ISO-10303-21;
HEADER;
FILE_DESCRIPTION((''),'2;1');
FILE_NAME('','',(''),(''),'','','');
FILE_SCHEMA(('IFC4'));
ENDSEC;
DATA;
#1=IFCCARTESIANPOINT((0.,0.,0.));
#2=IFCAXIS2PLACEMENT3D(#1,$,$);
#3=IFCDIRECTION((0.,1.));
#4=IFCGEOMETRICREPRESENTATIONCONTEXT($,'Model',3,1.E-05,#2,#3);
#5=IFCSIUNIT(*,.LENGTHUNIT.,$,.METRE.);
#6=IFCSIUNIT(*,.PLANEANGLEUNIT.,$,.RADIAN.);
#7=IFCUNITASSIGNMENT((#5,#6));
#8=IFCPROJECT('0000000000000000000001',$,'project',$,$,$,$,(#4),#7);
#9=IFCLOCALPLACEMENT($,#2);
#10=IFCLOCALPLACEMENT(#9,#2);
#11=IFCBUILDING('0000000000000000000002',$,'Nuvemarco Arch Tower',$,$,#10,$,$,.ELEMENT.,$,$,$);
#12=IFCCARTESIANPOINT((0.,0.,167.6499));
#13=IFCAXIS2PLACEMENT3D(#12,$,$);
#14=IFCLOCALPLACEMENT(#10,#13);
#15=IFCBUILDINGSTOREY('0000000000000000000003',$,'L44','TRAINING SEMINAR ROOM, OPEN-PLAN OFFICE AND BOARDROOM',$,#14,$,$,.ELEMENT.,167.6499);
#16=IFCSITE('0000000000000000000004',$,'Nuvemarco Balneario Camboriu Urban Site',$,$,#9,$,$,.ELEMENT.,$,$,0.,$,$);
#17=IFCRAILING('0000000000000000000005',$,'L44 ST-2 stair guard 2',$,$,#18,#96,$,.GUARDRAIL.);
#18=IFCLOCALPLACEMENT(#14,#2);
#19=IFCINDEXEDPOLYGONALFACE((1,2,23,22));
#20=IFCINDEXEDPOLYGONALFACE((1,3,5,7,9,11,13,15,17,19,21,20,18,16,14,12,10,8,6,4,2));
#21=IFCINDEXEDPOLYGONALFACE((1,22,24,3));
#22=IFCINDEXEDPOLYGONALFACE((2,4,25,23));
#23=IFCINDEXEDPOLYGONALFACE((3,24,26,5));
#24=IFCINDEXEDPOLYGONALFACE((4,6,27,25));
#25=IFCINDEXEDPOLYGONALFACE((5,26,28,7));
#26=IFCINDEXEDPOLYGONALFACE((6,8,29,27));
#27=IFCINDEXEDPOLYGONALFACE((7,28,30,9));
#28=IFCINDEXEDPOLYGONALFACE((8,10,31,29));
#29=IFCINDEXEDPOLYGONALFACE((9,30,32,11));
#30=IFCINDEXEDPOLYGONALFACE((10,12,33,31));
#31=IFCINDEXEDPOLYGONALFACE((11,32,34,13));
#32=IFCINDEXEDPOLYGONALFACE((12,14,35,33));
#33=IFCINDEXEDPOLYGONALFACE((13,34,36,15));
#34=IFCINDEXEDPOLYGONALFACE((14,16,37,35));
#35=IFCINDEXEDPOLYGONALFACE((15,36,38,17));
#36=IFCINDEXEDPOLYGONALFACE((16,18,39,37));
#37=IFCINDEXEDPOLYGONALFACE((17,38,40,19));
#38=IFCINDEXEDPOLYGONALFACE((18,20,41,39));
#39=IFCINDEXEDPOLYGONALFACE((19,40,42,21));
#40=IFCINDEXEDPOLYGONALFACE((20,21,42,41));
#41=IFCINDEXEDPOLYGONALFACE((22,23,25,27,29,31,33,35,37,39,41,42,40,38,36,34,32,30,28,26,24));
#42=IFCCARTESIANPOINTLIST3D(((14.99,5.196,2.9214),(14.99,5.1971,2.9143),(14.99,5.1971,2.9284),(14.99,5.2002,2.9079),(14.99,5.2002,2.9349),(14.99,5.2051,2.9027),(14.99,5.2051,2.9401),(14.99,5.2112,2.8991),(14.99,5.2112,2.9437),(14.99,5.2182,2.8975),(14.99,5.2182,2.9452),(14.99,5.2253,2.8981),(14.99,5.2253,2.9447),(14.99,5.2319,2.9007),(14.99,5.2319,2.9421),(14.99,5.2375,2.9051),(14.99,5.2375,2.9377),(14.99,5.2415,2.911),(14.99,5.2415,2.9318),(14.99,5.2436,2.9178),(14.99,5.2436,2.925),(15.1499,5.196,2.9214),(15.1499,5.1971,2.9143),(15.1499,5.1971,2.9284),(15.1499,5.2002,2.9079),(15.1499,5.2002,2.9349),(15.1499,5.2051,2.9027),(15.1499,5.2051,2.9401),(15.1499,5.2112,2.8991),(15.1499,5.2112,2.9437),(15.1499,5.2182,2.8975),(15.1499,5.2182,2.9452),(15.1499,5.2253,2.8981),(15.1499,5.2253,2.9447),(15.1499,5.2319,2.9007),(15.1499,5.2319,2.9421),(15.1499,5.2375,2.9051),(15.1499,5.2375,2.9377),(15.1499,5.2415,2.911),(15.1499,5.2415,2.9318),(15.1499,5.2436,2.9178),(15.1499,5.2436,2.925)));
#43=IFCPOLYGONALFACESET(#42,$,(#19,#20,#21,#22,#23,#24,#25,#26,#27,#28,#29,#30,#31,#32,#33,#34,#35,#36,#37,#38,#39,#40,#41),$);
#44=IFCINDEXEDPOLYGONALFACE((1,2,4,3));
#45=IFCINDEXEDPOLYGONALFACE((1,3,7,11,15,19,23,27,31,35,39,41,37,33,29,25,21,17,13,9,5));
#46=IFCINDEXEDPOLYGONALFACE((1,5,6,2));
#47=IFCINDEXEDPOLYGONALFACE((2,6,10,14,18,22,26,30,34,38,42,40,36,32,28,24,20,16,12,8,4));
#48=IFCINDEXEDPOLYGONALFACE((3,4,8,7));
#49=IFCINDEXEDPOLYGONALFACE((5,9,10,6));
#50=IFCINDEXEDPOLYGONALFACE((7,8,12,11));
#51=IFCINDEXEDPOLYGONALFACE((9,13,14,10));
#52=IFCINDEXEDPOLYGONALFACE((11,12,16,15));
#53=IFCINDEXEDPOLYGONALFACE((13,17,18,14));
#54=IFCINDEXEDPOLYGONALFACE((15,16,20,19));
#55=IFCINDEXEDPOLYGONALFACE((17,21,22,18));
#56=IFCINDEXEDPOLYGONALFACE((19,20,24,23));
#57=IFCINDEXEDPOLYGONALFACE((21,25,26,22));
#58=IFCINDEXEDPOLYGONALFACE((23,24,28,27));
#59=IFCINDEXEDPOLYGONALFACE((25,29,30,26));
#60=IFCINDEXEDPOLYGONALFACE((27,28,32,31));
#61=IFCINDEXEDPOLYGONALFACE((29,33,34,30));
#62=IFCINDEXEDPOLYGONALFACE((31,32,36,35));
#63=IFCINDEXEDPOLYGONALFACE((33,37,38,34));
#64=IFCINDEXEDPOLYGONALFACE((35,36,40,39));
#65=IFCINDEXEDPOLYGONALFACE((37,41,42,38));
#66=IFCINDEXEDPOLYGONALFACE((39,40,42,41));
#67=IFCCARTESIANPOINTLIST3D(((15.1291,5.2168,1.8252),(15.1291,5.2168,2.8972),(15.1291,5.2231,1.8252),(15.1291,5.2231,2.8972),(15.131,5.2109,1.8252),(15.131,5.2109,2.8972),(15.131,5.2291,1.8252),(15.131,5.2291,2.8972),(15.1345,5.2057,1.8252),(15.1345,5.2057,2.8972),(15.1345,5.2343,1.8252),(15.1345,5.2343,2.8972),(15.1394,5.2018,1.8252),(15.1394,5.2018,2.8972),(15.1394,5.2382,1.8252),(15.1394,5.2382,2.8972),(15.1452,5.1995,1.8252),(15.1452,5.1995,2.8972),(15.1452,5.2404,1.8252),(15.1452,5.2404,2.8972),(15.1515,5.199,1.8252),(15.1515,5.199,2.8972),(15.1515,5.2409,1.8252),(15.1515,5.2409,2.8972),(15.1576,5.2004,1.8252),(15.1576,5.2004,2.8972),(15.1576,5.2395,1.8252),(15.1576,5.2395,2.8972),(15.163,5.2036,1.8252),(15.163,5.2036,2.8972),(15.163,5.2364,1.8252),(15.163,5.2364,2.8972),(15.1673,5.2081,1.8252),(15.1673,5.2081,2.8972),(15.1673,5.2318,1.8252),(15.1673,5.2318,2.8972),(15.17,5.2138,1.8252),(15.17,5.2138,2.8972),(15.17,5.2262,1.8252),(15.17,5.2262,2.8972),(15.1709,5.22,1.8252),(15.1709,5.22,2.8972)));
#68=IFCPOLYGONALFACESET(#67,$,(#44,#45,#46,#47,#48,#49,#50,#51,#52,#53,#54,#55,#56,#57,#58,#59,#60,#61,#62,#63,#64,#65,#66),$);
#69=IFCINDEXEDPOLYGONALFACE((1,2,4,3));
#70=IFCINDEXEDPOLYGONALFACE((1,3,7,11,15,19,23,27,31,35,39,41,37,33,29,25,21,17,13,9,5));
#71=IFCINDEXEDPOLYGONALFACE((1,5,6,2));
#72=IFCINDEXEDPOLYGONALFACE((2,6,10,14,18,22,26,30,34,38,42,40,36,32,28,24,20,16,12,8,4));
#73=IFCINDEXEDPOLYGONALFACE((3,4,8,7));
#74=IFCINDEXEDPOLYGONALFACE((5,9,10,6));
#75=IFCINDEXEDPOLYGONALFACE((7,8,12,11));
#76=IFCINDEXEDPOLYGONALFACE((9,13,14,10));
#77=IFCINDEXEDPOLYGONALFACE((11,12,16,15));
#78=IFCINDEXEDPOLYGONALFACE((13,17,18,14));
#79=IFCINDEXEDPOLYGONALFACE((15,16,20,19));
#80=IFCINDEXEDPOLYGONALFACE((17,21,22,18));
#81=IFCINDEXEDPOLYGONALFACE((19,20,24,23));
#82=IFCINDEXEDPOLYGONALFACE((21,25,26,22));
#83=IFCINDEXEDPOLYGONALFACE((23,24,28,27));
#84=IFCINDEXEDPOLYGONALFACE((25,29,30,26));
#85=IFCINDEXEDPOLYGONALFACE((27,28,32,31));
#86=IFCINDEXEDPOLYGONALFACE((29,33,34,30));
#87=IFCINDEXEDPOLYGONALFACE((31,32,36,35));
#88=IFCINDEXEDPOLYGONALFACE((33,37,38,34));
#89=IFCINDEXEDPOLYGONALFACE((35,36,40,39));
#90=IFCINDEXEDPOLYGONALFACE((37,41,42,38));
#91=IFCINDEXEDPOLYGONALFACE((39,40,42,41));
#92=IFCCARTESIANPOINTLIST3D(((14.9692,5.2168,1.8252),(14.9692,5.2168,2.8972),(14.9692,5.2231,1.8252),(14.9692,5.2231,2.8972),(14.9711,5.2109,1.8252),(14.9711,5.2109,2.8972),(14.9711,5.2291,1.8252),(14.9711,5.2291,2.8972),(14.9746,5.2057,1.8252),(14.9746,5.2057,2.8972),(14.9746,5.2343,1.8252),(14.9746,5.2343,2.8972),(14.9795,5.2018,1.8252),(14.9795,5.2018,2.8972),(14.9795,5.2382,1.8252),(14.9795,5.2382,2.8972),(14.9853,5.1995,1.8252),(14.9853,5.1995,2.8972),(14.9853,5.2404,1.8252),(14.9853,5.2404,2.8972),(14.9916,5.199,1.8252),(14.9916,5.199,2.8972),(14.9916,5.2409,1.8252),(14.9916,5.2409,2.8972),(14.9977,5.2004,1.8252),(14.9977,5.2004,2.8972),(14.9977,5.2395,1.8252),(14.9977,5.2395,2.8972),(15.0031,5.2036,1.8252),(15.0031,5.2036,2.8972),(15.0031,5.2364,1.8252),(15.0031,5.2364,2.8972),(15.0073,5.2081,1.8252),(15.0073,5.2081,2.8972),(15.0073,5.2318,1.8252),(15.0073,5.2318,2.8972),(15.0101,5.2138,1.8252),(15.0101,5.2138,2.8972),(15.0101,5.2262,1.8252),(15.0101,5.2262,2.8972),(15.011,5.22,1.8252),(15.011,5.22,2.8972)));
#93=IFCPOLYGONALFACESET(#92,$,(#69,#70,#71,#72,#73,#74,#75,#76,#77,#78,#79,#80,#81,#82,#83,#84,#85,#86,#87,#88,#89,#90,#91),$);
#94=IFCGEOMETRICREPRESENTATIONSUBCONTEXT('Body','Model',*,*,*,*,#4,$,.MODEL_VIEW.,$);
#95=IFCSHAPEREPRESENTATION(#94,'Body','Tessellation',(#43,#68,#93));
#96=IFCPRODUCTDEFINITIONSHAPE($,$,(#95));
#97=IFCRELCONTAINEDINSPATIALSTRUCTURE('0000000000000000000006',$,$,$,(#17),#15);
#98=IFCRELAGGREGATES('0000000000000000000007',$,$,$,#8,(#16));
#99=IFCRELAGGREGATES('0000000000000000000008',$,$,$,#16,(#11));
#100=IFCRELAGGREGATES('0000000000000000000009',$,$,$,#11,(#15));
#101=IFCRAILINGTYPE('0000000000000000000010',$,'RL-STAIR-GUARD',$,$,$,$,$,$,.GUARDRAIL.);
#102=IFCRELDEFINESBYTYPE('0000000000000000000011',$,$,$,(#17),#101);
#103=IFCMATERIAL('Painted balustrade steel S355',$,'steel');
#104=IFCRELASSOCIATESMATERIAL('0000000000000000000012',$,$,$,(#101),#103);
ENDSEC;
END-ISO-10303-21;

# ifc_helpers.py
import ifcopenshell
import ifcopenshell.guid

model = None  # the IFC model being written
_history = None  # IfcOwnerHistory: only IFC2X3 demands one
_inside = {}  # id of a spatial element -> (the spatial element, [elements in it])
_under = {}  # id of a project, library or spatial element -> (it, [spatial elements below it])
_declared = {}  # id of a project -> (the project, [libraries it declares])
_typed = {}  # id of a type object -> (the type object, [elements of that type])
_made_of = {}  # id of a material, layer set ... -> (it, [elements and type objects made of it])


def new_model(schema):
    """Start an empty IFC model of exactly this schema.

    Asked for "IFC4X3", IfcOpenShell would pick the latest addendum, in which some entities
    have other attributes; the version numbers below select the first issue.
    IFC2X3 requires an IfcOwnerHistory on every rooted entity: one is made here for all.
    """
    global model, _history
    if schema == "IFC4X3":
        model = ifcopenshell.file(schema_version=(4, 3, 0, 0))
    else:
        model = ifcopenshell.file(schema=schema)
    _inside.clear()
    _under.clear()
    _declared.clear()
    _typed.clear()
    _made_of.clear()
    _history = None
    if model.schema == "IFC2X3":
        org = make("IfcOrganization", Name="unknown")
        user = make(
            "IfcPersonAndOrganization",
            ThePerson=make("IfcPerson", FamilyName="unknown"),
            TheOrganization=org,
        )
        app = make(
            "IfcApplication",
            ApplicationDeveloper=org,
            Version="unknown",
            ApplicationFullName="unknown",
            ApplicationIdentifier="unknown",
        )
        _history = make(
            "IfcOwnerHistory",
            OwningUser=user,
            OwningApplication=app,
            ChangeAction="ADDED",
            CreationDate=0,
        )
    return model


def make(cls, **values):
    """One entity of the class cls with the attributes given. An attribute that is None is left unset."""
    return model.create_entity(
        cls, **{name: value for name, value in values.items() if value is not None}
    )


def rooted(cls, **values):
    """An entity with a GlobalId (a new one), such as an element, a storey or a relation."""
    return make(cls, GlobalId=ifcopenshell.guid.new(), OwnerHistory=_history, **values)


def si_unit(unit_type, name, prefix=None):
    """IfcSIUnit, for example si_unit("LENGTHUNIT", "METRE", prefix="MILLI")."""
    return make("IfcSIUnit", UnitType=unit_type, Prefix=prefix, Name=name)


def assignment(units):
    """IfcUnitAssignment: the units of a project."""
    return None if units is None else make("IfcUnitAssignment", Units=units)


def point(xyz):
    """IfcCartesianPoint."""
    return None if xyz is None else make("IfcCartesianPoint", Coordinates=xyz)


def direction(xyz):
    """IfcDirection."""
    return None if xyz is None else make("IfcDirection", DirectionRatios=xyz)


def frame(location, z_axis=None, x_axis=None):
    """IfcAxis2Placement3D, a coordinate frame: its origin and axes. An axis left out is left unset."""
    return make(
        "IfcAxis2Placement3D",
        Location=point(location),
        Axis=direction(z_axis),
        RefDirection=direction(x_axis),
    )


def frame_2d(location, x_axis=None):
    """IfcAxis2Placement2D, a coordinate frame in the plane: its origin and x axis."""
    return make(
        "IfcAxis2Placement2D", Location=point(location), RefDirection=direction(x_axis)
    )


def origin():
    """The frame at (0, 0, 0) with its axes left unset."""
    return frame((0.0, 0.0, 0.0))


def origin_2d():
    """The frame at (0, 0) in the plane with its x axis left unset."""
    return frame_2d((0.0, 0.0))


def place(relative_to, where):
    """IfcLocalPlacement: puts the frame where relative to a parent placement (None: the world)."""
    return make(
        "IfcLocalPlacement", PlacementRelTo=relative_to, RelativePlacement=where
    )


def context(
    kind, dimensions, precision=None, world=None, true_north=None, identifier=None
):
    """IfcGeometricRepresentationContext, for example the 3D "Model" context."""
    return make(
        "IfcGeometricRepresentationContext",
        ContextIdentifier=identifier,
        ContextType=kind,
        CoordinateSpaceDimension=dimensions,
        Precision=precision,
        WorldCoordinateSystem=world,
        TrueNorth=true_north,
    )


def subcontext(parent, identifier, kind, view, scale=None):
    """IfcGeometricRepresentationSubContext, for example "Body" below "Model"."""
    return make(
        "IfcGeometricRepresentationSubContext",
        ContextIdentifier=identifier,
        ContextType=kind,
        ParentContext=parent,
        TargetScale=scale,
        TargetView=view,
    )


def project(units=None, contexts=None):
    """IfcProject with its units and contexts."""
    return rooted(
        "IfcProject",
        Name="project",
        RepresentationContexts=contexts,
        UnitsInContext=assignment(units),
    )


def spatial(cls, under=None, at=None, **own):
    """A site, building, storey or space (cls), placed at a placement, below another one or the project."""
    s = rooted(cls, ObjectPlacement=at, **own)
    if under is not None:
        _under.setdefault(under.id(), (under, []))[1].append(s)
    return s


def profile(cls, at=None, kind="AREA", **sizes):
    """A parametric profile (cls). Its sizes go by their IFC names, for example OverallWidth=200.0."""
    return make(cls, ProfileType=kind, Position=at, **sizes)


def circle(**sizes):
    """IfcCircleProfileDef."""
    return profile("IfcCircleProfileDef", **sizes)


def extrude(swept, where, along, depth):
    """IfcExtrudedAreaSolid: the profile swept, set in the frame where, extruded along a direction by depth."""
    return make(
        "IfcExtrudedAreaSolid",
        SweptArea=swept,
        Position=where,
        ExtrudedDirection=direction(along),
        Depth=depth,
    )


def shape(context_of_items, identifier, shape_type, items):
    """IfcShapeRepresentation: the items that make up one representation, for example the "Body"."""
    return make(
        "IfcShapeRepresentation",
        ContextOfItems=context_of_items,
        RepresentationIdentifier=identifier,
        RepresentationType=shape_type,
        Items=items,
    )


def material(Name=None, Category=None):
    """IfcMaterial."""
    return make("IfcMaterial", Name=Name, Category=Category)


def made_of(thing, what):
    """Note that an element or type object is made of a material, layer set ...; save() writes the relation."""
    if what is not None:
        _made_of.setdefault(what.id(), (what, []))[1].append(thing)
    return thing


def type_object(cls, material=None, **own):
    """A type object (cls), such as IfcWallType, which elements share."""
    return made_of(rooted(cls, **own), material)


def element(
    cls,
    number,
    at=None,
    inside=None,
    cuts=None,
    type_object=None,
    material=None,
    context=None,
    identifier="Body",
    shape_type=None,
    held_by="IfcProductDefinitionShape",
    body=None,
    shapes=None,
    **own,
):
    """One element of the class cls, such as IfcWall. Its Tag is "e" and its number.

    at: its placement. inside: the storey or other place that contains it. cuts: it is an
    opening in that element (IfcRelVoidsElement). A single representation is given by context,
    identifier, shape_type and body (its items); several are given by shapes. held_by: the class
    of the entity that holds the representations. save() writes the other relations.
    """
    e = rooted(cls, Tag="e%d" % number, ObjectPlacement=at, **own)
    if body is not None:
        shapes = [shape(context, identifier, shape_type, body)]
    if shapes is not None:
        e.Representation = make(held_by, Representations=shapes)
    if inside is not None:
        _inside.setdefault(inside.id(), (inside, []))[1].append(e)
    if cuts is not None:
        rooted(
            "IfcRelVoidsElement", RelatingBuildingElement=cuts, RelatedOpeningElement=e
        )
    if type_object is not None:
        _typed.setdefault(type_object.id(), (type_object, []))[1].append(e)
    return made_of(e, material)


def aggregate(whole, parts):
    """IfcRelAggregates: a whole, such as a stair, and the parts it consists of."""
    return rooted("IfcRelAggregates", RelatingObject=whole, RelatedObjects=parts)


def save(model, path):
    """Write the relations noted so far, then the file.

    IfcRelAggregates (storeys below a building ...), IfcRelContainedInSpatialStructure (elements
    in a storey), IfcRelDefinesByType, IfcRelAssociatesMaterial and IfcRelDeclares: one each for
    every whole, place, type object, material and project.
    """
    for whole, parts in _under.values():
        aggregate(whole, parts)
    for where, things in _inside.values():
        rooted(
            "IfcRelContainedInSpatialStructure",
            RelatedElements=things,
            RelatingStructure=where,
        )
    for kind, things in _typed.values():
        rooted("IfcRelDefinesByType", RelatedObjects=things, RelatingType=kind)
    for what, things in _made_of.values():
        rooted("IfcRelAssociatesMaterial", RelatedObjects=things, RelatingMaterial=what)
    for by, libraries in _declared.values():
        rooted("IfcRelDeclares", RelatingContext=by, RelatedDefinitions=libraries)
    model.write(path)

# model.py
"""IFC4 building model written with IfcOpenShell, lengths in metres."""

from ifc_helpers import new_model, si_unit, direction, frame, origin, origin_2d, place, context, subcontext, project, spatial, circle, extrude, material, type_object, element, save


model = new_model("IFC4")

# Units and contexts
model_context = context("Model", 3, precision=1e-05, world=origin(), true_north=direction((0.0, 1.0)))
body_context = subcontext(model_context, "Body", "Model", "MODEL_VIEW")
ifc_project = project(units=[si_unit("LENGTHUNIT", "METRE"), si_unit("PLANEANGLEUNIT", "RADIAN")], contexts=[model_context])

# Site, building, storey
site_placement = place(None, origin())
site = spatial("IfcSite", under=ifc_project, at=site_placement, Name="Nuvemarco Balneario Camboriu Urban Site", CompositionType="ELEMENT", RefElevation=0.0)
building_placement = place(site_placement, origin())
building = spatial("IfcBuilding", under=site, at=building_placement, Name="Nuvemarco Arch Tower", CompositionType="ELEMENT")
storey_placement = place(building_placement, frame((0.0, 0.0, 167.6499)))
storey = spatial("IfcBuildingStorey", under=building, at=storey_placement, Name="L44", Description="TRAINING SEMINAR ROOM, OPEN-PLAN OFFICE AND BOARDROOM", CompositionType="ELEMENT", Elevation=167.6499)

# Railing
ifc_material_1 = material(Name="Painted balustrade steel S355", Category="steel")
railing_type_1 = type_object("IfcRailingType", Name="RL-STAIR-GUARD", PredefinedType="GUARDRAIL", material=ifc_material_1)
railing_1_placement = place(storey_placement, frame((15.1499, 5.22, 1.8252)))
element("IfcRailing", 1, at=railing_1_placement, inside=storey, type_object=railing_type_1, Name="L44 ST-2 stair guard 2", PredefinedType="GUARDRAIL", context=body_context, shape_type="SweptSolid", body=[
    extrude(circle(Radius=0.0239, at=origin_2d()), frame((0.0, 0.0, 1.0962), z_axis=(-1.0, 0.0, 0.0), x_axis=(0.0, -1.0, 0.0)), (0.0, 0.0, 1.0), 0.1599),
    extrude(circle(Radius=0.021, at=origin_2d()), origin(), (0.0, 0.0, 1.0), 1.072),
    extrude(circle(Radius=0.021, at=origin_2d()), frame((-0.1599, 0.0, 0.0)), (0.0, 0.0, 1.0), 1.072),
])

save(model, "model.ifc")
